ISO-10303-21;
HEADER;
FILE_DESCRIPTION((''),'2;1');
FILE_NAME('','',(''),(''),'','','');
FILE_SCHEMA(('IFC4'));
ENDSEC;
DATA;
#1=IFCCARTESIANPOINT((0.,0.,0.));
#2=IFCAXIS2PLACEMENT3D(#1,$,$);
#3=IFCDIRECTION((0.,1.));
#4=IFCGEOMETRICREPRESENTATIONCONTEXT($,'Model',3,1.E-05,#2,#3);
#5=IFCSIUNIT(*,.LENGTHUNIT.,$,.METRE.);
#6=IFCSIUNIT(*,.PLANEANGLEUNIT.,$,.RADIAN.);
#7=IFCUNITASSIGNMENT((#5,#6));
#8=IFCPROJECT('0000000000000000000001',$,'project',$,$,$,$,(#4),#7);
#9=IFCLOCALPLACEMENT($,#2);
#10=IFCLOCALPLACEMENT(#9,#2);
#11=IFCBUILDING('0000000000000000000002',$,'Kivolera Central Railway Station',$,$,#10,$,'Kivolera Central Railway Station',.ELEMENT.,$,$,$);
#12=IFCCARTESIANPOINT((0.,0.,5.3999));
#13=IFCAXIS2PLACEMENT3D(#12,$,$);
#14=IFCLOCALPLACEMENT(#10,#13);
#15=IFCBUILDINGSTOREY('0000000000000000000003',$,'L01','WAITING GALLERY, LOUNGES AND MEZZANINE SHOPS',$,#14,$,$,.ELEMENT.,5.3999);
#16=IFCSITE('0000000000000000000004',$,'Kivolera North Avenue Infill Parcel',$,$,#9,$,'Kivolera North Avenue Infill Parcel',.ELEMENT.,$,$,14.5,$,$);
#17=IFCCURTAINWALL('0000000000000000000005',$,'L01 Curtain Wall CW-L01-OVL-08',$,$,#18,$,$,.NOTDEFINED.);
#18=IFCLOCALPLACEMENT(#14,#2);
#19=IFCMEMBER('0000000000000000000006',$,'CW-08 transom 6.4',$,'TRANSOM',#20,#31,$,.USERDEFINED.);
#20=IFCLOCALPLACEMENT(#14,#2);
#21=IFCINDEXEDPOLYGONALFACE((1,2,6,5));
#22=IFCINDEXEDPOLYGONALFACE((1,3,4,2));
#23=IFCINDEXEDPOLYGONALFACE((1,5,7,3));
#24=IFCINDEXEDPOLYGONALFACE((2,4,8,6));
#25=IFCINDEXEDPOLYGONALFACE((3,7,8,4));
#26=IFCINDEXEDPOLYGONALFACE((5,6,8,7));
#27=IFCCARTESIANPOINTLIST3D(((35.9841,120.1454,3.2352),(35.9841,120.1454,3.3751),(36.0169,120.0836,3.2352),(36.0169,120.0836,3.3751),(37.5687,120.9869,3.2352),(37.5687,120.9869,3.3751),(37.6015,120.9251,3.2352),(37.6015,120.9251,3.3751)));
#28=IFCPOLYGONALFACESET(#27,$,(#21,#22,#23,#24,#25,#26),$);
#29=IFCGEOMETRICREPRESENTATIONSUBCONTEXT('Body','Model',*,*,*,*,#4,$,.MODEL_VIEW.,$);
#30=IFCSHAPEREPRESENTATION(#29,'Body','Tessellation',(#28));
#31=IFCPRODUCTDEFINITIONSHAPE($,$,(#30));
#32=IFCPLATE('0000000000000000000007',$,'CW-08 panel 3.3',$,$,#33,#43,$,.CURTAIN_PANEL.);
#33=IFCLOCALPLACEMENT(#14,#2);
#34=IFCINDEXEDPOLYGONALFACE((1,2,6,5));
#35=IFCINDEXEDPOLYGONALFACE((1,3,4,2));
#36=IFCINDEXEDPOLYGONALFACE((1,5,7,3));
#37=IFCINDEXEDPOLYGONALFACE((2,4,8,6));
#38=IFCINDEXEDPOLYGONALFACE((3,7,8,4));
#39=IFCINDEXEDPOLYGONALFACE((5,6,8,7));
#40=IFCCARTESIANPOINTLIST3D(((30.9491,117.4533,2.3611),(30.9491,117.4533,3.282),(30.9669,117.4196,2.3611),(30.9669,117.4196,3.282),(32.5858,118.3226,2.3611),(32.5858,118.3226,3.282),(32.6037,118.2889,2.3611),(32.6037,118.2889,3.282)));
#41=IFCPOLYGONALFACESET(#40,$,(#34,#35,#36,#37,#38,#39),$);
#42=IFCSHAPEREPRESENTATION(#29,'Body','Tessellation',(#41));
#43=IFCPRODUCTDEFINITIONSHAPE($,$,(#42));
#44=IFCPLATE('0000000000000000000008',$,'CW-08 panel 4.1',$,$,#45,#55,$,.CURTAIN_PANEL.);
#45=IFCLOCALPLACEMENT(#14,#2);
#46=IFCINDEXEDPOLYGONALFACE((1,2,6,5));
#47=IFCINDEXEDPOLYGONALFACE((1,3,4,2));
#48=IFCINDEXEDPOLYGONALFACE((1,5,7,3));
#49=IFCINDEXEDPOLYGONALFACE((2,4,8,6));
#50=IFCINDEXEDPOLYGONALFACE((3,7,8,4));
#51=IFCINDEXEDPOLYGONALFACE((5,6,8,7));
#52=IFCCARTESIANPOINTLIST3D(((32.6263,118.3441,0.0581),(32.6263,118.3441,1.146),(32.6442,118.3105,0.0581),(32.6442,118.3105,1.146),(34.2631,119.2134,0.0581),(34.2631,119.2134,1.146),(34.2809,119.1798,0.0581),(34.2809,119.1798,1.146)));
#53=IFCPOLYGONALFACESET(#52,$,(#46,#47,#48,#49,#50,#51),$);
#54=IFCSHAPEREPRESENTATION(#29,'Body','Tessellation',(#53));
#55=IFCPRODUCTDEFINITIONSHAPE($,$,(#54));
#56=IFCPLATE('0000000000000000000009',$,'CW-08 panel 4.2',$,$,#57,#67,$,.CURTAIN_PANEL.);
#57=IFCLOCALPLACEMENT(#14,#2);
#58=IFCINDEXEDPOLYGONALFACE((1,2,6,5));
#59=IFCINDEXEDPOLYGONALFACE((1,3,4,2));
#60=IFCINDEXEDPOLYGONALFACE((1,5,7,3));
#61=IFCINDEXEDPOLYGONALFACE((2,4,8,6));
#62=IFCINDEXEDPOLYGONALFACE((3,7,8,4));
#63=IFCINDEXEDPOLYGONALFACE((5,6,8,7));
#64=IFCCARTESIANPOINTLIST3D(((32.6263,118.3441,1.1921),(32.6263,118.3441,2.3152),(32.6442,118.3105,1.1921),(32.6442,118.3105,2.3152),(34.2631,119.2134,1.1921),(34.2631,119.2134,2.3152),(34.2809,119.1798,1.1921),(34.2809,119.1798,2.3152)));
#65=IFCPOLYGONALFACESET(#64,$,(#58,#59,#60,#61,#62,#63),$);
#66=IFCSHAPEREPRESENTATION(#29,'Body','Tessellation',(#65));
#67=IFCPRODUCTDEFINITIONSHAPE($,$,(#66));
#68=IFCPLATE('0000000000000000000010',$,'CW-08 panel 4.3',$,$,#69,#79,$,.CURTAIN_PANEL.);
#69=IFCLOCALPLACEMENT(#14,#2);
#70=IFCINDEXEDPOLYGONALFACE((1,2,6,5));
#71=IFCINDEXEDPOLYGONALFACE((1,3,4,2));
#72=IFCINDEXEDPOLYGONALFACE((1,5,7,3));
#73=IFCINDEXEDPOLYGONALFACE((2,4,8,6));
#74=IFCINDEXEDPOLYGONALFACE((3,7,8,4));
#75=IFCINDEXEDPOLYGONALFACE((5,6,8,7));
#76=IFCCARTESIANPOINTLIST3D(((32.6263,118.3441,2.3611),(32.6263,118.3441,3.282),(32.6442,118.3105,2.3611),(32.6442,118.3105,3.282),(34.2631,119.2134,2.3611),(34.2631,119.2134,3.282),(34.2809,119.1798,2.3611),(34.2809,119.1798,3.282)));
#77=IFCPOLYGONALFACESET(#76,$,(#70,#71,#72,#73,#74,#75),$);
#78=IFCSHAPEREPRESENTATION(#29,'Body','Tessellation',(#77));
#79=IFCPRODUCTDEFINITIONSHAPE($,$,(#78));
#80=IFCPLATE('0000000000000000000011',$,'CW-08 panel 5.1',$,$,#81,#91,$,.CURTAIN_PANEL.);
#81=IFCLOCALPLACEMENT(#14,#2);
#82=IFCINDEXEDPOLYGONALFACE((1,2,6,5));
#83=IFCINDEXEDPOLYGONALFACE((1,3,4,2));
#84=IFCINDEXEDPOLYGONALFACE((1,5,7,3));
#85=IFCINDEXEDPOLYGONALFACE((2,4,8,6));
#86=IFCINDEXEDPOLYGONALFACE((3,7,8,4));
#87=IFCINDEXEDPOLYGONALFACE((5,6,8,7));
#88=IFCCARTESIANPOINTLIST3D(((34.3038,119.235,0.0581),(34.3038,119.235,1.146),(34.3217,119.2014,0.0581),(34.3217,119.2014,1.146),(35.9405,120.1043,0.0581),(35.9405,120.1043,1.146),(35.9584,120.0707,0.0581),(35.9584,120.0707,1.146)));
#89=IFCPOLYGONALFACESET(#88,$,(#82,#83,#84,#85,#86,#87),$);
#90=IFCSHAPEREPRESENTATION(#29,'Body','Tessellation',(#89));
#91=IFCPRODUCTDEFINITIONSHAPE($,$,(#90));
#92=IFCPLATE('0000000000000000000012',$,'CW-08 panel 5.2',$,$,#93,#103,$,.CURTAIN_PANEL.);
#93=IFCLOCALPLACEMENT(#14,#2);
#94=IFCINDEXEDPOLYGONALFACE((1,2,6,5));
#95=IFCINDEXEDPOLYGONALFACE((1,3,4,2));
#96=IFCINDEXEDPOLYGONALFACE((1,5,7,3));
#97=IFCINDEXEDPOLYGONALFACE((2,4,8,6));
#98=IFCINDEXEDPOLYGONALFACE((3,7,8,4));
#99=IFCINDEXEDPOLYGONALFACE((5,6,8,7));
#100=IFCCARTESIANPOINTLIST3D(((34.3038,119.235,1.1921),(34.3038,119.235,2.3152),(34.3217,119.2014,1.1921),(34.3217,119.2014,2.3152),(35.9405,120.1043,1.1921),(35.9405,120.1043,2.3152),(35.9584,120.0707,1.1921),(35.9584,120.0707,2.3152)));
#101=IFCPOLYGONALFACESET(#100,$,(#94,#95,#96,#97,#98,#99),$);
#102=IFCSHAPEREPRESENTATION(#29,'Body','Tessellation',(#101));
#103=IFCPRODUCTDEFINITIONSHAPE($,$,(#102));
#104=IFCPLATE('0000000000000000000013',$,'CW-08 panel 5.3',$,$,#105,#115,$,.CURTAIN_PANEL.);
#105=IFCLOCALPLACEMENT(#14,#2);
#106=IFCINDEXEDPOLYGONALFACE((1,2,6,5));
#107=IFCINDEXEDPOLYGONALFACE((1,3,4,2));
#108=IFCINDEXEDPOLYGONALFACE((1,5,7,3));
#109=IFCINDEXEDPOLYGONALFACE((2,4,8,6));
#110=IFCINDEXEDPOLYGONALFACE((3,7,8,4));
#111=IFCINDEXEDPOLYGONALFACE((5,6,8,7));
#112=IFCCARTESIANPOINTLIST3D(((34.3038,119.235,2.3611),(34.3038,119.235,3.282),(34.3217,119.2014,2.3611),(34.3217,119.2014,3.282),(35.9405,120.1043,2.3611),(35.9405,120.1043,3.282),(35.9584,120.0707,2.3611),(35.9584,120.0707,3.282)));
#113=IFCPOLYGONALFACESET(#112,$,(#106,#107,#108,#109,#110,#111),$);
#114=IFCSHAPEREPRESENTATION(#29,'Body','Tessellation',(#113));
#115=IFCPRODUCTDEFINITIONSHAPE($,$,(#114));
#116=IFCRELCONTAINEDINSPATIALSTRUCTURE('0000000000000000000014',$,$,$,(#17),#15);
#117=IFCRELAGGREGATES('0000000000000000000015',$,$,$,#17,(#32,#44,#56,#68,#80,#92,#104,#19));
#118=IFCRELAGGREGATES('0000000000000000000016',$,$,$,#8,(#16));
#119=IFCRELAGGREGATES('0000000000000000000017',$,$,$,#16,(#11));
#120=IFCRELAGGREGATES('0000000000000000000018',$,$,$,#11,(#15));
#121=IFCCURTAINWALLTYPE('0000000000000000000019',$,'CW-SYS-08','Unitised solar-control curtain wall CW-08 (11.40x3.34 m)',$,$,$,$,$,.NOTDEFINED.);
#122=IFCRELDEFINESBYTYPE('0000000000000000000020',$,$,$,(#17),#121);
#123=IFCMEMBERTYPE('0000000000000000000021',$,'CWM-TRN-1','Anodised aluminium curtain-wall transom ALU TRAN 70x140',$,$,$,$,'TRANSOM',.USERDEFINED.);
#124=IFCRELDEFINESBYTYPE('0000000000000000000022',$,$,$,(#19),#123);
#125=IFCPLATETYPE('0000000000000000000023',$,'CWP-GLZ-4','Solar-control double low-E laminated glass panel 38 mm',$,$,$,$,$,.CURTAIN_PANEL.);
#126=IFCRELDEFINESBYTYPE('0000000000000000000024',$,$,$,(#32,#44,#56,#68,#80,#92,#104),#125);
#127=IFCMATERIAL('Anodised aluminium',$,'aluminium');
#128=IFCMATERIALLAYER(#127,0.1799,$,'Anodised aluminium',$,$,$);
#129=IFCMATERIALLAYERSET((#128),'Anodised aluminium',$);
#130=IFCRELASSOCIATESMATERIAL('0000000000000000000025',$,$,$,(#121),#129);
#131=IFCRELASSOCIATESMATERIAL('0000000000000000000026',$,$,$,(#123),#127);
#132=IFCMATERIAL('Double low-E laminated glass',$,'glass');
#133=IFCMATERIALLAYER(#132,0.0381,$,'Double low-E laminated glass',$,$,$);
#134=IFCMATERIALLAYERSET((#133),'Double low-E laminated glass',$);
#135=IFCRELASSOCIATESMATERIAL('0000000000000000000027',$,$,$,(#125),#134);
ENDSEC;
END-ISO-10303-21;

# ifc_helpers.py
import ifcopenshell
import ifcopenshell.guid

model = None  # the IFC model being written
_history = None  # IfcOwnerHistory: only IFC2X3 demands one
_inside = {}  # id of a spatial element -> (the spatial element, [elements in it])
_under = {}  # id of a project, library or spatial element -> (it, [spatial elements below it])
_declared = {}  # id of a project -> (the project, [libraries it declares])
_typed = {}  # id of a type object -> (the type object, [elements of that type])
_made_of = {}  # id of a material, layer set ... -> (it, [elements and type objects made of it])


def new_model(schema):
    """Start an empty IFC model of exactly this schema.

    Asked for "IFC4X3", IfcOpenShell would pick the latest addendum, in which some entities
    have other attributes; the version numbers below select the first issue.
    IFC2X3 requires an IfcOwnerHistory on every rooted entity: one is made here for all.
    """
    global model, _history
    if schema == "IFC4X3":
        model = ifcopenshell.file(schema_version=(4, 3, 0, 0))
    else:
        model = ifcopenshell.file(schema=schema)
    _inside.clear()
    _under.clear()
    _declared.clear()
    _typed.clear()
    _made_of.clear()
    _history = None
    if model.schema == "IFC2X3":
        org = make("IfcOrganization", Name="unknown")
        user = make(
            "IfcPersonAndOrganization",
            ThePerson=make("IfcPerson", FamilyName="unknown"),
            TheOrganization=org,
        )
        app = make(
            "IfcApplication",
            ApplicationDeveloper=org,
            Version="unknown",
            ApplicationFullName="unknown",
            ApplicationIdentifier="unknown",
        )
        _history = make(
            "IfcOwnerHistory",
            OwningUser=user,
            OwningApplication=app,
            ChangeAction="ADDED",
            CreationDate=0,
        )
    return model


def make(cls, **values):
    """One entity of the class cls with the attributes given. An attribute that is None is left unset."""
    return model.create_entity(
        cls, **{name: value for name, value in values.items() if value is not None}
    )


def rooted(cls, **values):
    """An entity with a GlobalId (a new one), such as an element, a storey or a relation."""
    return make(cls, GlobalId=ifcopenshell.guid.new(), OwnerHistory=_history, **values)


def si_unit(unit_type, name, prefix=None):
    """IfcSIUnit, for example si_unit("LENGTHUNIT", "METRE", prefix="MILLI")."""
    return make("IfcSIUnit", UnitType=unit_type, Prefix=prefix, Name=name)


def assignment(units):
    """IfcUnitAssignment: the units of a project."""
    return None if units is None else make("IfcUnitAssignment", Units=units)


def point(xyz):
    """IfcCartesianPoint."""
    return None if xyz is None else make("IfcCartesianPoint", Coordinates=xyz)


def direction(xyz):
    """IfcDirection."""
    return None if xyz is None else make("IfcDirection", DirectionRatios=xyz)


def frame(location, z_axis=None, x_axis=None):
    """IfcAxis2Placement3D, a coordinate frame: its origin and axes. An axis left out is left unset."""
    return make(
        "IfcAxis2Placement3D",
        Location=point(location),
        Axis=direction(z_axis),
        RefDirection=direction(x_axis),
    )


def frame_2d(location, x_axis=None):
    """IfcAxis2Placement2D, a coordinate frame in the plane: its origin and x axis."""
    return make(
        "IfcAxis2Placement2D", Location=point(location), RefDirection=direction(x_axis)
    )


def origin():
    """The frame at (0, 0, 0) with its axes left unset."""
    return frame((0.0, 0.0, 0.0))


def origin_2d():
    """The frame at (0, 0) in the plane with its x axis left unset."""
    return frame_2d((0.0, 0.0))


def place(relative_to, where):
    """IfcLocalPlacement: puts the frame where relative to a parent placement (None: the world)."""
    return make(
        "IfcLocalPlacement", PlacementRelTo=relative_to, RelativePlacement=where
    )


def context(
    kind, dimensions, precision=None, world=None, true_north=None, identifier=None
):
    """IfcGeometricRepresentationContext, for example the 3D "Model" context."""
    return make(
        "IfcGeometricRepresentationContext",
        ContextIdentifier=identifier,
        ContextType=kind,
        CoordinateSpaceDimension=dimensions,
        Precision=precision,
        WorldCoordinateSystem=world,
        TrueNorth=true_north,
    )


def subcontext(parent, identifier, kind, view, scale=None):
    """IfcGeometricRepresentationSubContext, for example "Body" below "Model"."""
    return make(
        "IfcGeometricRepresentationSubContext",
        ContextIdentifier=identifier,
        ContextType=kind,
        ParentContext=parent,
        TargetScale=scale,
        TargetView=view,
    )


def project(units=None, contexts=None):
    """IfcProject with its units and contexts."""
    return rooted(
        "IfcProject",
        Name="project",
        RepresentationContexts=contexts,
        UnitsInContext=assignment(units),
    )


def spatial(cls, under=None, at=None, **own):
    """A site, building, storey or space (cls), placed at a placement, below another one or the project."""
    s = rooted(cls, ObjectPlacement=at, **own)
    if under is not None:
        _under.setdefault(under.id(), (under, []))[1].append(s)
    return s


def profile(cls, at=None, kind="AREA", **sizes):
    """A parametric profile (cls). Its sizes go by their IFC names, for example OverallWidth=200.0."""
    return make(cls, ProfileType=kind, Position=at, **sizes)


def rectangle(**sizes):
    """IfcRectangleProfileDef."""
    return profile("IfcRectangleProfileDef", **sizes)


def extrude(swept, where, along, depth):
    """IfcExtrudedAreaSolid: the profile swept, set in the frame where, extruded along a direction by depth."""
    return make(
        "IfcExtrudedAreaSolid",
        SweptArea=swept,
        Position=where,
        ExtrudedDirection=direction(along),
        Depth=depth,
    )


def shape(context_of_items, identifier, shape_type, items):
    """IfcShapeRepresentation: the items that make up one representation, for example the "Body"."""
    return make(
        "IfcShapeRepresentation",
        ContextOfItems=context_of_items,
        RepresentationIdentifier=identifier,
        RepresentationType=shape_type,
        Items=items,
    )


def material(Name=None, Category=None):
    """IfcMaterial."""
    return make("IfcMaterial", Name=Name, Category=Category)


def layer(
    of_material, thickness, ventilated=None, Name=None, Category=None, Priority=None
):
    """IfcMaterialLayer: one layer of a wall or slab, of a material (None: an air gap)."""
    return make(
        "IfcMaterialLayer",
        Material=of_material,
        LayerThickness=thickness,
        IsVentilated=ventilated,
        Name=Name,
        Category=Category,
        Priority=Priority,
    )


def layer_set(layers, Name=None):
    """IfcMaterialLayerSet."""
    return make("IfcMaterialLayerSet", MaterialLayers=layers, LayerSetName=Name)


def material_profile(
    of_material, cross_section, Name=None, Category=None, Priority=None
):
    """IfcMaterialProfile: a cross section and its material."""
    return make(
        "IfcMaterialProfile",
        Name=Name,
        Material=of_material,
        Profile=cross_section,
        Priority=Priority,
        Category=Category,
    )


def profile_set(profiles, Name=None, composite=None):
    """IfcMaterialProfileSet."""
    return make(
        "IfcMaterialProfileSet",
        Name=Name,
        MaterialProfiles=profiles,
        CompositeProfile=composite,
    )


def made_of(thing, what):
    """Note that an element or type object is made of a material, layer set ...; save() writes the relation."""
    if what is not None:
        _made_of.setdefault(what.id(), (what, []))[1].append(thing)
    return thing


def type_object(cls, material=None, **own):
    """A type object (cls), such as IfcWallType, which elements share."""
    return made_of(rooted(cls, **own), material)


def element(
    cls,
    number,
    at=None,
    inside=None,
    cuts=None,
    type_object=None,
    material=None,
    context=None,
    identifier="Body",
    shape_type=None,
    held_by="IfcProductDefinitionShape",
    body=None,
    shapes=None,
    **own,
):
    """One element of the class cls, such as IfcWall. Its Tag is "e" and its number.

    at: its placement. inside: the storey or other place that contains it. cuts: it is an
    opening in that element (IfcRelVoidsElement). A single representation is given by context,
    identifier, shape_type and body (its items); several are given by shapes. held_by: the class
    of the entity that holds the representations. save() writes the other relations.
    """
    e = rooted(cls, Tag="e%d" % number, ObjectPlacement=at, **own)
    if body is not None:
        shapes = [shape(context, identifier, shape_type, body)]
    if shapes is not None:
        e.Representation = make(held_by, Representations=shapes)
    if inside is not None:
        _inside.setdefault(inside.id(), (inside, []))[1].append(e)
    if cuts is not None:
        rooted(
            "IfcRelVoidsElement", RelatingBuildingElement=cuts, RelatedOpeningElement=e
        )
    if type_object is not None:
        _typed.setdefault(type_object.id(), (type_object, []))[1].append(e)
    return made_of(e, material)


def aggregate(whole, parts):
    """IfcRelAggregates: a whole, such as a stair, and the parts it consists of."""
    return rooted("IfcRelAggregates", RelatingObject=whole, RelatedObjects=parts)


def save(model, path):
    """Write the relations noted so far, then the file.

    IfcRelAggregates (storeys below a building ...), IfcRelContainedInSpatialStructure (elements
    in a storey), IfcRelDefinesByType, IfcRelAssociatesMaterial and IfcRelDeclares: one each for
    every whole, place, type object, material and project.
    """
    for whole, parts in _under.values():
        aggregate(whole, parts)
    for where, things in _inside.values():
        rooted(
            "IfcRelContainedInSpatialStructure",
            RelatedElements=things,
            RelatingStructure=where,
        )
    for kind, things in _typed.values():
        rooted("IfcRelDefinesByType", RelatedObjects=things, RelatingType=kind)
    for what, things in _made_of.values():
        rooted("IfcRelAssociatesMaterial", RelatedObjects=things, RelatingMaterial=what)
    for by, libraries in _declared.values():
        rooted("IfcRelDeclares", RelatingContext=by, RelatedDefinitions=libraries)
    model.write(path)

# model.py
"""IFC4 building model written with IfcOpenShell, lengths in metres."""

from ifc_helpers import new_model, si_unit, direction, frame, origin, origin_2d, place, context, subcontext, project, spatial, rectangle, extrude, material, layer, layer_set, material_profile, profile_set, type_object, element, aggregate, save


model = new_model("IFC4")

# Units and contexts
model_context = context("Model", 3, precision=1e-05, world=origin(), true_north=direction((0.0, 1.0)))
body_context = subcontext(model_context, "Body", "Model", "MODEL_VIEW")
ifc_project = project(units=[si_unit("LENGTHUNIT", "METRE"), si_unit("PLANEANGLEUNIT", "RADIAN")], contexts=[model_context])

# Site, building, storey
site_placement = place(None, origin())
site = spatial("IfcSite", under=ifc_project, at=site_placement, Name="Kivolera North Avenue Infill Parcel", LongName="Kivolera North Avenue Infill Parcel", CompositionType="ELEMENT", RefElevation=14.5)
building_placement = place(site_placement, origin())
building = spatial("IfcBuilding", under=site, at=building_placement, Name="Kivolera Central Railway Station", LongName="Kivolera Central Railway Station", CompositionType="ELEMENT")
storey_placement = place(building_placement, frame((0.0, 0.0, 5.3999)))
storey = spatial("IfcBuildingStorey", under=building, at=storey_placement, Name="L01", Description="WAITING GALLERY, LOUNGES AND MEZZANINE SHOPS", CompositionType="ELEMENT", Elevation=5.3999)

# Curtain wall, member, plates
ifc_material_1 = material(Name="Anodised aluminium", Category="aluminium")
ifc_layer_1 = layer(ifc_material_1, 0.1799, Name="Anodised aluminium")
ifc_layer_set_1 = layer_set([ifc_layer_1], Name="Anodised aluminium")
curtain_wall_type = type_object("IfcCurtainWallType", Name="CW-SYS-08", Description="Unitised solar-control curtain wall CW-08 (11.40x3.34 m)", PredefinedType="NOTDEFINED", material=ifc_layer_set_1)
curtain_wall_placement = place(storey_placement, origin())
curtain_wall = element("IfcCurtainWall", 1, at=curtain_wall_placement, inside=storey, type_object=curtain_wall_type, Name="L01 Curtain Wall CW-L01-OVL-08", PredefinedType="NOTDEFINED")
ifc_material_profile_1 = material_profile(ifc_material_1, rectangle(XDim=0.0701, YDim=0.1399, at=origin_2d()), Name="ALU TRAN 70x140")
ifc_profile_set_1 = profile_set([ifc_material_profile_1], Name="Anodised aluminium")
member_type_1 = type_object("IfcMemberType", Name="CWM-TRN-1", Description="Anodised aluminium curtain-wall transom ALU TRAN 70x140", ElementType="TRANSOM", PredefinedType="USERDEFINED", material=ifc_profile_set_1)
member_1_placement = place(storey_placement, frame((36.0005, 120.1145, 3.3052), z_axis=(0.883191, 0.469013, 0.0), x_axis=(-0.469013, 0.883191, 0.0)))
member_1 = element("IfcMember", 2, at=member_1_placement, type_object=member_type_1, Name="CW-08 transom 6.4", ObjectType="TRANSOM", PredefinedType="USERDEFINED", context=body_context, shape_type="SweptSolid", body=[
    extrude(rectangle(XDim=0.0701, YDim=0.1399, at=origin_2d()), origin(), (0.0, 0.0, 1.0), 1.7942),
])
ifc_material_2 = material(Name="Double low-E laminated glass", Category="glass")
ifc_layer_2 = layer(ifc_material_2, 0.0381, Name="Double low-E laminated glass")
ifc_layer_set_2 = layer_set([ifc_layer_2], Name="Double low-E laminated glass")
plate_type = type_object("IfcPlateType", Name="CWP-GLZ-4", Description="Solar-control double low-E laminated glass panel 38 mm", PredefinedType="CURTAIN_PANEL", material=ifc_layer_set_2)
plate_1_placement = place(storey_placement, frame((31.7764, 117.8711, 2.3611), z_axis=(0.0, 0.0, 1.0), x_axis=(0.88317, 0.469053, 0.0)))
plate_1 = element("IfcPlate", 3, at=plate_1_placement, type_object=plate_type, Name="CW-08 panel 3.3", PredefinedType="CURTAIN_PANEL", context=body_context, shape_type="SweptSolid", body=[
    extrude(rectangle(XDim=1.8533, YDim=0.0381, at=origin_2d()), origin(), (0.0, 0.0, 1.0), 0.9209),
])
plate_2_placement = place(storey_placement, frame((33.4536, 118.762, 0.0581), z_axis=(0.0, 0.0, 1.0), x_axis=(0.88317, 0.469053, 0.0)))
plate_2 = element("IfcPlate", 4, at=plate_2_placement, type_object=plate_type, Name="CW-08 panel 4.1", PredefinedType="CURTAIN_PANEL", context=body_context, shape_type="SweptSolid", body=[
    extrude(rectangle(XDim=1.8533, YDim=0.0381, at=origin_2d()), origin(), (0.0, 0.0, 1.0), 1.0879),
])
plate_3_placement = place(storey_placement, frame((33.4536, 118.762, 1.1921), z_axis=(0.0, 0.0, 1.0), x_axis=(0.88317, 0.469053, 0.0)))
plate_3 = element("IfcPlate", 5, at=plate_3_placement, type_object=plate_type, Name="CW-08 panel 4.2", PredefinedType="CURTAIN_PANEL", context=body_context, shape_type="SweptSolid", body=[
    extrude(rectangle(XDim=1.8533, YDim=0.0381, at=origin_2d()), origin(), (0.0, 0.0, 1.0), 1.123),
])
plate_4_placement = place(storey_placement, frame((33.4536, 118.762, 2.3611), z_axis=(0.0, 0.0, 1.0), x_axis=(0.88317, 0.469053, 0.0)))
plate_4 = element("IfcPlate", 6, at=plate_4_placement, type_object=plate_type, Name="CW-08 panel 4.3", PredefinedType="CURTAIN_PANEL", context=body_context, shape_type="SweptSolid", body=[
    extrude(rectangle(XDim=1.8533, YDim=0.0381, at=origin_2d()), origin(), (0.0, 0.0, 1.0), 0.9209),
])
plate_5_placement = place(storey_placement, frame((35.1311, 119.6528, 0.0581), z_axis=(0.0, 0.0, 1.0), x_axis=(0.88317, 0.469053, 0.0)))
plate_5 = element("IfcPlate", 7, at=plate_5_placement, type_object=plate_type, Name="CW-08 panel 5.1", PredefinedType="CURTAIN_PANEL", context=body_context, shape_type="SweptSolid", body=[
    extrude(rectangle(XDim=1.8533, YDim=0.0381, at=origin_2d()), origin(), (0.0, 0.0, 1.0), 1.0879),
])
plate_6_placement = place(storey_placement, frame((35.1311, 119.6528, 1.1921), z_axis=(0.0, 0.0, 1.0), x_axis=(0.88317, 0.469053, 0.0)))
plate_6 = element("IfcPlate", 8, at=plate_6_placement, type_object=plate_type, Name="CW-08 panel 5.2", PredefinedType="CURTAIN_PANEL", context=body_context, shape_type="SweptSolid", body=[
    extrude(rectangle(XDim=1.8533, YDim=0.0381, at=origin_2d()), origin(), (0.0, 0.0, 1.0), 1.123),
])
plate_7_placement = place(storey_placement, frame((35.1311, 119.6528, 2.3611), z_axis=(0.0, 0.0, 1.0), x_axis=(0.88317, 0.469053, 0.0)))
plate_7 = element("IfcPlate", 9, at=plate_7_placement, type_object=plate_type, Name="CW-08 panel 5.3", PredefinedType="CURTAIN_PANEL", context=body_context, shape_type="SweptSolid", body=[
    extrude(rectangle(XDim=1.8533, YDim=0.0381, at=origin_2d()), origin(), (0.0, 0.0, 1.0), 0.9209),
])
aggregate(curtain_wall, [plate_1, plate_2, plate_3, plate_4, plate_5, plate_6, plate_7, member_1])

save(model, "model.ifc")
